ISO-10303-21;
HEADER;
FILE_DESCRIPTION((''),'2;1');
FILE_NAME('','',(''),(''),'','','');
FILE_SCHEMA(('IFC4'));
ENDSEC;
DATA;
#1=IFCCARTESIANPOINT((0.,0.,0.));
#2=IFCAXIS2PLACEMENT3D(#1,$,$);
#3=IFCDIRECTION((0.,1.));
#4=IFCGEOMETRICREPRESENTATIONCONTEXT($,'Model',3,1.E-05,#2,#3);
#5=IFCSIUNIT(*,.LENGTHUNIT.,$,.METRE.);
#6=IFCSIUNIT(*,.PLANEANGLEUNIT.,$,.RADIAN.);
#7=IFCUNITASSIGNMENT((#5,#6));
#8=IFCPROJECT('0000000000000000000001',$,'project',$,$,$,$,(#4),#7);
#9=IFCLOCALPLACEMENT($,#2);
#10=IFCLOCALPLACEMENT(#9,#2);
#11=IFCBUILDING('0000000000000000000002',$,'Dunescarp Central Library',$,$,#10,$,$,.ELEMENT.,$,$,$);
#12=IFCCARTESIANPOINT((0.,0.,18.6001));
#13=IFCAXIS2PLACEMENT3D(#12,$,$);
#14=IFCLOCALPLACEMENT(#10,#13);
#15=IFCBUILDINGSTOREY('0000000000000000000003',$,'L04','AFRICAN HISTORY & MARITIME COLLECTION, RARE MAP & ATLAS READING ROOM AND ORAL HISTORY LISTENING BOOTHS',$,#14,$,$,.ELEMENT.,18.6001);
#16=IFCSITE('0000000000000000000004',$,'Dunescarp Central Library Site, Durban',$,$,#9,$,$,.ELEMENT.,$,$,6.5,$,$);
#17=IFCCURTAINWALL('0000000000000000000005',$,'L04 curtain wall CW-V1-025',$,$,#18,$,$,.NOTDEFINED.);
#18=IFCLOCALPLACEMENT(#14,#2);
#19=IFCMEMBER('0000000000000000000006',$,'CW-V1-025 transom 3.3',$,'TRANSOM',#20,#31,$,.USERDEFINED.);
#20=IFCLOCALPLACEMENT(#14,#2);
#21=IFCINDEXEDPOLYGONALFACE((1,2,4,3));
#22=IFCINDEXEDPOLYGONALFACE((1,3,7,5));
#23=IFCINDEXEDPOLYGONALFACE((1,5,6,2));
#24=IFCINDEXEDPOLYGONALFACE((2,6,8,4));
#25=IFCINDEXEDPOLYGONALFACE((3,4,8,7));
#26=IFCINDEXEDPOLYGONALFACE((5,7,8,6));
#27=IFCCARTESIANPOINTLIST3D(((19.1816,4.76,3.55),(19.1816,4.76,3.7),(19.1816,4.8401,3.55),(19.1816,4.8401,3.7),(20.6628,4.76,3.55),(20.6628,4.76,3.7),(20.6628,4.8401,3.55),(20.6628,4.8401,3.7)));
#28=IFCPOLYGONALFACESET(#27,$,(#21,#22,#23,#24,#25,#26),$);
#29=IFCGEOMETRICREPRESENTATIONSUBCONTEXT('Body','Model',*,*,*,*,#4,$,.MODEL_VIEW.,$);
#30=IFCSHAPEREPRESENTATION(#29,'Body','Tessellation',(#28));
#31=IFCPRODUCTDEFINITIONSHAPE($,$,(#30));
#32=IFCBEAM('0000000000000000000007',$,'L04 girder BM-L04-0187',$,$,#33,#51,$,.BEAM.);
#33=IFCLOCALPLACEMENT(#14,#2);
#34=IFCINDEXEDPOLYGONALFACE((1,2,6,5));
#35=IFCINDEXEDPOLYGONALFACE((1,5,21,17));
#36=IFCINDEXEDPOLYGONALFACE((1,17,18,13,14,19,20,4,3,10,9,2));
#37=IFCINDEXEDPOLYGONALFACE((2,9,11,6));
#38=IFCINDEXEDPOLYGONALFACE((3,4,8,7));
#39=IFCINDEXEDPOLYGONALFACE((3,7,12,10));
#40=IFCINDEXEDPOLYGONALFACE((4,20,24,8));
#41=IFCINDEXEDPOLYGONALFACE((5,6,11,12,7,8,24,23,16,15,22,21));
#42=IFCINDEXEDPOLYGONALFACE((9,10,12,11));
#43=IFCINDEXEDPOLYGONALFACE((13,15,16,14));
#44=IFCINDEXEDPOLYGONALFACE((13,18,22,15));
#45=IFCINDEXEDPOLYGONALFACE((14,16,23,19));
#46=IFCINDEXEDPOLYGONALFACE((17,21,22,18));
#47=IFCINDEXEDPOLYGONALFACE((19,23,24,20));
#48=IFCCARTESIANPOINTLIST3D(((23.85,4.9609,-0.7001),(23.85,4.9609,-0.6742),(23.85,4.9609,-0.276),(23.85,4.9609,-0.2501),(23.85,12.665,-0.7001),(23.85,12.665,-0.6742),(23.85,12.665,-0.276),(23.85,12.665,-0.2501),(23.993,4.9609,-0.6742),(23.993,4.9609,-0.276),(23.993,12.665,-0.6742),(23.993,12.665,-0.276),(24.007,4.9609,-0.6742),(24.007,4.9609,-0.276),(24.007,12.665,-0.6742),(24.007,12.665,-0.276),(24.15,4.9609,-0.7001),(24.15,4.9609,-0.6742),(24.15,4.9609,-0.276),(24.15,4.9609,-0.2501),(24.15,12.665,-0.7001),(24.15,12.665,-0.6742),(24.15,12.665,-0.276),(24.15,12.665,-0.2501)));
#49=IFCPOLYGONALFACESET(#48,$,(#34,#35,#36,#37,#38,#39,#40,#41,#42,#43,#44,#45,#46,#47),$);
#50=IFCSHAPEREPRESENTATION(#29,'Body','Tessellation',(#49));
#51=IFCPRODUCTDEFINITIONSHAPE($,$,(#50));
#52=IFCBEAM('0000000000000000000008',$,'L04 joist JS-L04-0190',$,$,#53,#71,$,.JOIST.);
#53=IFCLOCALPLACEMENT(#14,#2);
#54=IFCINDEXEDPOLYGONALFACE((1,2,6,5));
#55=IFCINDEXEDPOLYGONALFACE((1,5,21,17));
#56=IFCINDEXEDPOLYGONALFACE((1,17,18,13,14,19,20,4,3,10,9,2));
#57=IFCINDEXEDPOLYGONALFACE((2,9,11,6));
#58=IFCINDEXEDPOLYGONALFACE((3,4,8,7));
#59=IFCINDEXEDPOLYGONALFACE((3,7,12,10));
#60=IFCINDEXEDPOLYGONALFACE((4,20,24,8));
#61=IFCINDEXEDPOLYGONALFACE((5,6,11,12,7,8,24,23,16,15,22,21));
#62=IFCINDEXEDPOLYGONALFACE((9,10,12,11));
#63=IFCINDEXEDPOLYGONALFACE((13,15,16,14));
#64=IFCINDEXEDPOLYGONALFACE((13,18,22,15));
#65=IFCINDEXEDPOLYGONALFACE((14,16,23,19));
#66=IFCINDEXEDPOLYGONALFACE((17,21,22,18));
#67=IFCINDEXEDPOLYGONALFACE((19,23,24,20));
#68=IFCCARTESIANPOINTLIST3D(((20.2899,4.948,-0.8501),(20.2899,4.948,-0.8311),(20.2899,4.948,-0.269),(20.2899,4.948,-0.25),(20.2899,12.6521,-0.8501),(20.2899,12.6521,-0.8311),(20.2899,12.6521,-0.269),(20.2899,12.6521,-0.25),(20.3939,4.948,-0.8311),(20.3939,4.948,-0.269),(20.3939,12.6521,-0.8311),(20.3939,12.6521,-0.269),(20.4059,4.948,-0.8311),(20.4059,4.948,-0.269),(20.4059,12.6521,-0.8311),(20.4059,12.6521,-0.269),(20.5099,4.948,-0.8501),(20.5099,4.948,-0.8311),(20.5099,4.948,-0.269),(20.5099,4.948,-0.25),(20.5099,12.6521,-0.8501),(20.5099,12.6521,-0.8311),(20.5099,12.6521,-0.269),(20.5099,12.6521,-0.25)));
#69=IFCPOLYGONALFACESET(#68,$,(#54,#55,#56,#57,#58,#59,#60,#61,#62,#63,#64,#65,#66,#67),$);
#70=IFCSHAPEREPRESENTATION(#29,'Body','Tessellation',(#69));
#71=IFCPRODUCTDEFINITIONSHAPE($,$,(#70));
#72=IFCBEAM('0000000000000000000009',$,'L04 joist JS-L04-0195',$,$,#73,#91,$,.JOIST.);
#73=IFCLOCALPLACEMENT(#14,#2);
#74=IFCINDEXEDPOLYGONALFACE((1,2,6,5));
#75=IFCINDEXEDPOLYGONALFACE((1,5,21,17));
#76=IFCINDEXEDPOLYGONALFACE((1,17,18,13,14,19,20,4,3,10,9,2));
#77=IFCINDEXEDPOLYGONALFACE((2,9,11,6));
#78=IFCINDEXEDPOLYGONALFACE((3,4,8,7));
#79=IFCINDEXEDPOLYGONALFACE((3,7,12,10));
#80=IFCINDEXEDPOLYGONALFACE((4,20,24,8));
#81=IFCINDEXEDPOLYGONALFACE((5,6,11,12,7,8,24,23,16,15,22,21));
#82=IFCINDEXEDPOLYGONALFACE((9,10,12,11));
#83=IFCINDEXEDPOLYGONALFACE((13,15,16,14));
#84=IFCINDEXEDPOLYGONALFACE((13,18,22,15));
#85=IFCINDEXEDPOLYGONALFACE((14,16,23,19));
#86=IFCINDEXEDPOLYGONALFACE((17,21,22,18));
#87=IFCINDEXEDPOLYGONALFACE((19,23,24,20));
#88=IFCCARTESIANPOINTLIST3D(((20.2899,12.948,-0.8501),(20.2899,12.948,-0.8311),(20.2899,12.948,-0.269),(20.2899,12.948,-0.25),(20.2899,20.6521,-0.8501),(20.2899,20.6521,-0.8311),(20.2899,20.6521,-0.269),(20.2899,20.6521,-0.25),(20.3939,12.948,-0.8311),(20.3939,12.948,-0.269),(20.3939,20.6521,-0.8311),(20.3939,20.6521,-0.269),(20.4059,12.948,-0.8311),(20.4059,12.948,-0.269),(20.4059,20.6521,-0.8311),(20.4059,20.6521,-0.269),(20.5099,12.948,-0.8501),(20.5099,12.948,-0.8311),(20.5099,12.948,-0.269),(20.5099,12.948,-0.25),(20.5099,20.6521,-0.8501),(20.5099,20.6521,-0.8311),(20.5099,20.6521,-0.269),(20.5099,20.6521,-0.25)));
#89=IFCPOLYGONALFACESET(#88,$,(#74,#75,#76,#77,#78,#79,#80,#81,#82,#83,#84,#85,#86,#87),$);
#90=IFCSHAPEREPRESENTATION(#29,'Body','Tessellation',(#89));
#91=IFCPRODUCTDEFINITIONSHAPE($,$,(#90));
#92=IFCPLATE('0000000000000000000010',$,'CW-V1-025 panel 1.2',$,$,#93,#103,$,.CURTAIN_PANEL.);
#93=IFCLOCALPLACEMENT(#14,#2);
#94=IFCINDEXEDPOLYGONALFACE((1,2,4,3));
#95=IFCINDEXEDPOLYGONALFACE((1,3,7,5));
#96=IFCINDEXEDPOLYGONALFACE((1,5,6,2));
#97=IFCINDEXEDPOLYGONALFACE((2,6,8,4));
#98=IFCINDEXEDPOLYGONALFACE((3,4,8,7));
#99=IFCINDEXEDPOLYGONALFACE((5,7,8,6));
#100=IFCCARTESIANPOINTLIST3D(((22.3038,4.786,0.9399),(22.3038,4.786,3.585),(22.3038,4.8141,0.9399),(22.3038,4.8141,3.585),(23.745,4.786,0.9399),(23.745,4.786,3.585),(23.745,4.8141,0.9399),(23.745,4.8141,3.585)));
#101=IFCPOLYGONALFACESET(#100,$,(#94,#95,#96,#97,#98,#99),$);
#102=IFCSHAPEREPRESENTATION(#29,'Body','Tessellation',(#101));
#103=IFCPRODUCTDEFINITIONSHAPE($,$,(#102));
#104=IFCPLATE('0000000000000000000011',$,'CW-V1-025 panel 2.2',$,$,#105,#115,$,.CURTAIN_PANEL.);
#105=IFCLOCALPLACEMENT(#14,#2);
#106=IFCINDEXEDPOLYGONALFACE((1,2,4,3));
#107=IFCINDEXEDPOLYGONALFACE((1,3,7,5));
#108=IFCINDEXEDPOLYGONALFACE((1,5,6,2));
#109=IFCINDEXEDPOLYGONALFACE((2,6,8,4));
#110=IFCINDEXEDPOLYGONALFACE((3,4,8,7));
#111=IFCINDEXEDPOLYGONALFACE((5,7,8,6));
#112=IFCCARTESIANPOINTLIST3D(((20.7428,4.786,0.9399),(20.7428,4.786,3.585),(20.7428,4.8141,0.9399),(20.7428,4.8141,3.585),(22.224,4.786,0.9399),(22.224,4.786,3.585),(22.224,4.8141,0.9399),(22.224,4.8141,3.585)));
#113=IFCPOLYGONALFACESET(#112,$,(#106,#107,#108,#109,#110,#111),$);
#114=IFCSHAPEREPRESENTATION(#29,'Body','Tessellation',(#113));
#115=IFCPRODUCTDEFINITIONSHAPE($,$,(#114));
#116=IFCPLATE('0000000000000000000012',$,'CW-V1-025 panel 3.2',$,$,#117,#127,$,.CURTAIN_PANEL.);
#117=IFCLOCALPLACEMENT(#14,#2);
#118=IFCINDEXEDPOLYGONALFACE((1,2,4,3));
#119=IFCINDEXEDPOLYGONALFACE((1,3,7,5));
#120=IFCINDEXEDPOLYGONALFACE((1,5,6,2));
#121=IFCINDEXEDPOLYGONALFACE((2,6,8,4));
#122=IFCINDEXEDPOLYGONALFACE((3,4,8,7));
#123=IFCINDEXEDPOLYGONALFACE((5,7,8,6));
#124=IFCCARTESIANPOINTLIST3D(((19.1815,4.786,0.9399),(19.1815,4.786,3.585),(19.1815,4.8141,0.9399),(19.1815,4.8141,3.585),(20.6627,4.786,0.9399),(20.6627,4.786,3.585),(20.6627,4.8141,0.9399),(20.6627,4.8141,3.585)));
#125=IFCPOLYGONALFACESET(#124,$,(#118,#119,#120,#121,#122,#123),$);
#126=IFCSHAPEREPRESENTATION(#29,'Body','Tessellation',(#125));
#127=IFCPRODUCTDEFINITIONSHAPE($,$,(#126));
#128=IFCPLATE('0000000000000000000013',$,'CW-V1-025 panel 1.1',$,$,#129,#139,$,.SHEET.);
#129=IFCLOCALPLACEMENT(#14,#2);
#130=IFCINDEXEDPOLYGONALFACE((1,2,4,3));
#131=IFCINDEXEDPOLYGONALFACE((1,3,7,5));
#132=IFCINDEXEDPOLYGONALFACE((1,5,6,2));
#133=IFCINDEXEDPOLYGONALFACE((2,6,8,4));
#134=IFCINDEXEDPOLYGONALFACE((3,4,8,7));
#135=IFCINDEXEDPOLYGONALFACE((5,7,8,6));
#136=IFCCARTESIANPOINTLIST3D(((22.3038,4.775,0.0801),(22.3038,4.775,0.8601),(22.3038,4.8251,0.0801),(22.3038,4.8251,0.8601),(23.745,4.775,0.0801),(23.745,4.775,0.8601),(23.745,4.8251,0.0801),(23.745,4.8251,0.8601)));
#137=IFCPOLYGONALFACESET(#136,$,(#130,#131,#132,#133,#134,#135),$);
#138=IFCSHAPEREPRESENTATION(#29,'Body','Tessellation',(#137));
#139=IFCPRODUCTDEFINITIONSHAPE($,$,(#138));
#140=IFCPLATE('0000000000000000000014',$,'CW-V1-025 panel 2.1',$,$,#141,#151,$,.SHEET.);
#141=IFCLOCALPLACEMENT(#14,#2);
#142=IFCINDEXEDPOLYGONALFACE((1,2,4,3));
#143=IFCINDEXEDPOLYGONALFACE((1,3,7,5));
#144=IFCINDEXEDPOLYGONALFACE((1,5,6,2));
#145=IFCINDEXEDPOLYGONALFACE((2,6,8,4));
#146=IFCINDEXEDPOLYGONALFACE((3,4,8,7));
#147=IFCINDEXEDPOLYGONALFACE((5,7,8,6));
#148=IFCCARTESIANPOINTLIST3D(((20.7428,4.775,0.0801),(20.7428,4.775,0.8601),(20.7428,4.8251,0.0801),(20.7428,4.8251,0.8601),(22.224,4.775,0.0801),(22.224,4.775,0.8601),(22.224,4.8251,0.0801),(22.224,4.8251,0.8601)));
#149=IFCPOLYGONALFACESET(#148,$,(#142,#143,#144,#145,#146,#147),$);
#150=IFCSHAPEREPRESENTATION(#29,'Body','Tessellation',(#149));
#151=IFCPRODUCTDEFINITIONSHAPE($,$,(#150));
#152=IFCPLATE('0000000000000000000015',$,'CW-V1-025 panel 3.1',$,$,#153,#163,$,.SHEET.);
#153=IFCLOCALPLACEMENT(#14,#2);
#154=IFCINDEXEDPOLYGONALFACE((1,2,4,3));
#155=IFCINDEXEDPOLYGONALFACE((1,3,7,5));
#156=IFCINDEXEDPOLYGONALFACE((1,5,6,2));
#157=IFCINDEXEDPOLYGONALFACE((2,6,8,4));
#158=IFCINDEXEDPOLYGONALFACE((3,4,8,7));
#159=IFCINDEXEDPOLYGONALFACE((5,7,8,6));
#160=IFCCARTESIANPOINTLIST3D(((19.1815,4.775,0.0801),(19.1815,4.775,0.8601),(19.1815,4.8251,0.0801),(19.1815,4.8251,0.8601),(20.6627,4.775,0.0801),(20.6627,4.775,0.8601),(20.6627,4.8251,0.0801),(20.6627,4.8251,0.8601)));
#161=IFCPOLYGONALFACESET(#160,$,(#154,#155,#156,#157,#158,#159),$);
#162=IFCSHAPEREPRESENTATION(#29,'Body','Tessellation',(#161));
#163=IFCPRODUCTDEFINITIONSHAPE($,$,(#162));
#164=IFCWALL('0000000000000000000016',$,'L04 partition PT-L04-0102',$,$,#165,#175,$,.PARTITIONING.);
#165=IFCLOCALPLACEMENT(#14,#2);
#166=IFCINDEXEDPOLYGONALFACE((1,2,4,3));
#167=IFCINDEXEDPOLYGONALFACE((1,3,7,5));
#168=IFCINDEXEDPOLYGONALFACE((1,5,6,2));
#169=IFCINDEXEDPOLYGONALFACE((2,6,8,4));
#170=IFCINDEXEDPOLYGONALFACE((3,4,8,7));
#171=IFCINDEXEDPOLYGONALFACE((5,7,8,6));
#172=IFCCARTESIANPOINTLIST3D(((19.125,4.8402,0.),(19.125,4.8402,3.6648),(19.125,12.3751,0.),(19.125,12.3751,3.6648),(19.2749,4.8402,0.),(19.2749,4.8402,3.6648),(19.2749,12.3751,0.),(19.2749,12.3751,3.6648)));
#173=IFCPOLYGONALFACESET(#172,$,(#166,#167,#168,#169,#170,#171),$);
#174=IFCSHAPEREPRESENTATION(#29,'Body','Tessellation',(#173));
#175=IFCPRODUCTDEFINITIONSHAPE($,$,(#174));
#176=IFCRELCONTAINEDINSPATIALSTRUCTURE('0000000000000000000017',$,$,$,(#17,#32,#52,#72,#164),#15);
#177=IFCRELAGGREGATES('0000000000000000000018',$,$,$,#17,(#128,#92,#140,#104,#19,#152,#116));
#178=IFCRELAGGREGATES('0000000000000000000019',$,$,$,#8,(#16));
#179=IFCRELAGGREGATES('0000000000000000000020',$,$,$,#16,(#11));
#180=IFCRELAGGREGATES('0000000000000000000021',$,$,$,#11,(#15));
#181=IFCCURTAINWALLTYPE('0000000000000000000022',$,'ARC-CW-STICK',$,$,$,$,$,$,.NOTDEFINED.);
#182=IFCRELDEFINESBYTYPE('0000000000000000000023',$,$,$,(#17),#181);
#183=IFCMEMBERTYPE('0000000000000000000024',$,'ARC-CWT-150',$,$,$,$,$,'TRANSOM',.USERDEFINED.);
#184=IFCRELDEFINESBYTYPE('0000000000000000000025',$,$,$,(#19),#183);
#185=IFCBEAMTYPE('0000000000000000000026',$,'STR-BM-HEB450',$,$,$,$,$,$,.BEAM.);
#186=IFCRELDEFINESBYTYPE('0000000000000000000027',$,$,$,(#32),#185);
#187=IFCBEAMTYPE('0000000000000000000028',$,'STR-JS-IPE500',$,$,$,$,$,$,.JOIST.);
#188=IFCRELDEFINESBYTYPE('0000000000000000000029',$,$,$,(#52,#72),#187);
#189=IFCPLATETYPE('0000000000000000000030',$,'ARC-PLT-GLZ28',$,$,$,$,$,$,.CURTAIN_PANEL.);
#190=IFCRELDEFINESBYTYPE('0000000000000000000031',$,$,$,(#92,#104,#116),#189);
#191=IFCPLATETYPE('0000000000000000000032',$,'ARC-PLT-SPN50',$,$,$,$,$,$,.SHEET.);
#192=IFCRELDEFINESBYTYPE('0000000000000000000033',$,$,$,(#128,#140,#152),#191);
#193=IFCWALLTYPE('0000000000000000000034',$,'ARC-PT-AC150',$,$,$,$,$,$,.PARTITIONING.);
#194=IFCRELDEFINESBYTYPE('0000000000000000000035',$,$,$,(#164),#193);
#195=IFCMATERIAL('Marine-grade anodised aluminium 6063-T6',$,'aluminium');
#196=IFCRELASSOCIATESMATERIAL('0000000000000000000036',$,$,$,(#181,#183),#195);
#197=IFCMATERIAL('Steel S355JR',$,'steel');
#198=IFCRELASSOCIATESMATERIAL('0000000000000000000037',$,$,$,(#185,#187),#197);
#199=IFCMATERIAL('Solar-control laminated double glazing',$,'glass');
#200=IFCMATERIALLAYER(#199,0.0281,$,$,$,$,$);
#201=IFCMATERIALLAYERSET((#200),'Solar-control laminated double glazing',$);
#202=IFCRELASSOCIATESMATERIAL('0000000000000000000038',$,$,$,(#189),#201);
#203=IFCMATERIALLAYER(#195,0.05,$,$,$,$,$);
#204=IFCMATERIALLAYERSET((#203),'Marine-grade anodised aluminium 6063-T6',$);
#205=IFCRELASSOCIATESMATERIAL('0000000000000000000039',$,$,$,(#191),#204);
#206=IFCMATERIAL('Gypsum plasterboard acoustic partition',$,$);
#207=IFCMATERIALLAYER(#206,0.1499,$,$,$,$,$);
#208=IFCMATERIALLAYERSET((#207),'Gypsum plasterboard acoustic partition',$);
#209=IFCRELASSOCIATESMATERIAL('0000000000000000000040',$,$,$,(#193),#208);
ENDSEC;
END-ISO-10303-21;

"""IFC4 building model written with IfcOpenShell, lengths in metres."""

from ifc_helpers import new_model, si_unit, direction, frame, frame_2d, origin, origin_2d, place, context, subcontext, project, spatial, rectangle, i_section, extrude, material, layer, layer_set, material_profile, profile_set, type_object, element, aggregate, save


model = new_model("IFC4")

# Units and contexts
model_context = context("Model", 3, precision=1e-05, world=origin(), true_north=direction((0.0, 1.0)))
body_context = subcontext(model_context, "Body", "Model", "MODEL_VIEW")
ifc_project = project(units=[si_unit("LENGTHUNIT", "METRE"), si_unit("PLANEANGLEUNIT", "RADIAN")], contexts=[model_context])

# Site, building, storey
site_placement = place(None, origin())
site = spatial("IfcSite", under=ifc_project, at=site_placement, Name="Dunescarp Central Library Site, Durban", CompositionType="ELEMENT", RefElevation=6.5)
building_placement = place(site_placement, origin())
building = spatial("IfcBuilding", under=site, at=building_placement, Name="Dunescarp Central Library", CompositionType="ELEMENT")
storey_placement = place(building_placement, frame((0.0, 0.0, 18.6001)))
storey = spatial("IfcBuildingStorey", under=building, at=storey_placement, Name="L04", Description="AFRICAN HISTORY & MARITIME COLLECTION, RARE MAP & ATLAS READING ROOM AND ORAL HISTORY LISTENING BOOTHS", CompositionType="ELEMENT", Elevation=18.6001)

# Shared definitions
ifc_material_1 = material(Name="Steel S355JR", Category="steel")

# Curtain wall, member
ifc_material_2 = material(Name="Marine-grade anodised aluminium 6063-T6", Category="aluminium")
curtain_wall_type = type_object("IfcCurtainWallType", Name="ARC-CW-STICK", PredefinedType="NOTDEFINED", material=ifc_material_2)
curtain_wall_placement = place(storey_placement, origin())
curtain_wall = element("IfcCurtainWall", 1, at=curtain_wall_placement, inside=storey, type_object=curtain_wall_type, Name="L04 curtain wall CW-V1-025", PredefinedType="NOTDEFINED")
ifc_material_profile_1 = material_profile(ifc_material_2, rectangle(XDim=0.0801, YDim=0.1499, at=origin_2d()), Name="AL 80x150")
ifc_profile_set_1 = profile_set([ifc_material_profile_1], Name="Marine-grade anodised aluminium 6063-T6")
member_type_1 = type_object("IfcMemberType", Name="ARC-CWT-150", ElementType="TRANSOM", PredefinedType="USERDEFINED", material=ifc_profile_set_1)
member_1_placement = place(storey_placement, frame((20.6628, 4.8, 3.625), z_axis=(-1.0, 0.0, 0.0), x_axis=(0.0, -1.0, 0.0)))
member_1 = element("IfcMember", 2, at=member_1_placement, type_object=member_type_1, Name="CW-V1-025 transom 3.3", ObjectType="TRANSOM", PredefinedType="USERDEFINED", context=body_context, shape_type="SweptSolid", body=[
    extrude(rectangle(XDim=0.0801, YDim=0.1499, at=origin_2d()), origin(), (0.0, 0.0, 1.0), 1.4812),
])

# Beams
ifc_material_profile_2 = material_profile(ifc_material_1, i_section(OverallWidth=0.3, OverallDepth=0.45, WebThickness=0.0139, FlangeThickness=0.0259, at=origin_2d()), Name="HEB 450")
ifc_profile_set_2 = profile_set([ifc_material_profile_2], Name="Steel S355JR")
beam_type_1 = type_object("IfcBeamType", Name="STR-BM-HEB450", PredefinedType="BEAM", material=ifc_profile_set_2)
beam_placement = place(storey_placement, frame((24.0, 4.9609, -0.4751), z_axis=(0.0, 1.0, 0.0), x_axis=(-1.0, 0.0, 0.0)))
element("IfcBeam", 3, at=beam_placement, inside=storey, type_object=beam_type_1, Name="L04 girder BM-L04-0187", PredefinedType="BEAM", context=body_context, shape_type="SweptSolid", body=[
    extrude(i_section(OverallWidth=0.3, OverallDepth=0.45, WebThickness=0.0139, FlangeThickness=0.0259, at=origin_2d()), origin(), (0.0, 0.0, 1.0), 7.7041),
])
ifc_material_profile_3 = material_profile(ifc_material_1, i_section(OverallWidth=0.22, OverallDepth=0.6001, WebThickness=0.012, FlangeThickness=0.019, at=origin_2d()), Name="IPE 600")
ifc_profile_set_3 = profile_set([ifc_material_profile_3], Name="Steel S355JR")
beam_type_2 = type_object("IfcBeamType", Name="STR-JS-IPE500", PredefinedType="JOIST", material=ifc_profile_set_3)
for number, where, z_axis, x_axis, name in (
    (4, (20.3999, 4.948, -0.55), (0.0, 1.0, 0.0), (-1.0, 0.0, 0.0), "L04 joist JS-L04-0190"),
    (5, (20.3999, 12.948, -0.55), (0.0, 1.0, 0.0), (-1.0, 0.0, 0.0), "L04 joist JS-L04-0195"),
):
    element("IfcBeam", number, at=place(storey_placement, frame(where, z_axis=z_axis, x_axis=x_axis)), inside=storey, type_object=beam_type_2, Name=name, PredefinedType="JOIST", context=body_context, shape_type="SweptSolid", body=[
        extrude(i_section(OverallWidth=0.22, OverallDepth=0.6001, WebThickness=0.012, FlangeThickness=0.019, at=origin_2d()), origin(), (0.0, 0.0, 1.0), 7.7041),
    ])

# Plates
ifc_material_3 = material(Name="Solar-control laminated double glazing", Category="glass")
ifc_layer_1 = layer(ifc_material_3, 0.0281)
ifc_layer_set_1 = layer_set([ifc_layer_1], Name="Solar-control laminated double glazing")
plate_type_1 = type_object("IfcPlateType", Name="ARC-PLT-GLZ28", PredefinedType="CURTAIN_PANEL", material=ifc_layer_set_1)
plate_1_placement = place(storey_placement, frame((23.0244, 4.8, 0.9399), z_axis=(0.0, 0.0, 1.0), x_axis=(-1.0, 0.0, 0.0)))
plate_1 = element("IfcPlate", 6, at=plate_1_placement, type_object=plate_type_1, Name="CW-V1-025 panel 1.2", PredefinedType="CURTAIN_PANEL", context=body_context, shape_type="SweptSolid", body=[
    extrude(rectangle(XDim=1.4412, YDim=0.0281, at=origin_2d()), origin(), (0.0, 0.0, 1.0), 2.645),
])
plate_2_placement = place(storey_placement, frame((21.4834, 4.8, 0.9399), z_axis=(0.0, 0.0, 1.0), x_axis=(-1.0, 0.0, 0.0)))
plate_2 = element("IfcPlate", 7, at=plate_2_placement, type_object=plate_type_1, Name="CW-V1-025 panel 2.2", PredefinedType="CURTAIN_PANEL", context=body_context, shape_type="SweptSolid", body=[
    extrude(rectangle(XDim=1.4812, YDim=0.0281, at=origin_2d()), origin(), (0.0, 0.0, 1.0), 2.645),
])
plate_3_placement = place(storey_placement, frame((19.9221, 4.8, 0.9399), z_axis=(0.0, 0.0, 1.0), x_axis=(-1.0, 0.0, 0.0)))
plate_3 = element("IfcPlate", 8, at=plate_3_placement, type_object=plate_type_1, Name="CW-V1-025 panel 3.2", PredefinedType="CURTAIN_PANEL", context=body_context, shape_type="SweptSolid", body=[
    extrude(rectangle(XDim=1.4812, YDim=0.0281, at=origin_2d()), origin(), (0.0, 0.0, 1.0), 2.645),
])
ifc_layer_2 = layer(ifc_material_2, 0.05)
ifc_layer_set_2 = layer_set([ifc_layer_2], Name="Marine-grade anodised aluminium 6063-T6")
plate_type_2 = type_object("IfcPlateType", Name="ARC-PLT-SPN50", PredefinedType="SHEET", material=ifc_layer_set_2)
plate_4_placement = place(storey_placement, frame((23.0244, 4.8, 0.0801), z_axis=(0.0, 0.0, 1.0), x_axis=(-1.0, 0.0, 0.0)))
plate_4 = element("IfcPlate", 9, at=plate_4_placement, type_object=plate_type_2, Name="CW-V1-025 panel 1.1", PredefinedType="SHEET", context=body_context, shape_type="SweptSolid", body=[
    extrude(rectangle(XDim=1.4412, YDim=0.05, at=origin_2d()), origin(), (0.0, 0.0, 1.0), 0.78),
])
plate_5_placement = place(storey_placement, frame((21.4834, 4.8, 0.0801), z_axis=(0.0, 0.0, 1.0), x_axis=(-1.0, 0.0, 0.0)))
plate_5 = element("IfcPlate", 10, at=plate_5_placement, type_object=plate_type_2, Name="CW-V1-025 panel 2.1", PredefinedType="SHEET", context=body_context, shape_type="SweptSolid", body=[
    extrude(rectangle(XDim=1.4812, YDim=0.05, at=origin_2d()), origin(), (0.0, 0.0, 1.0), 0.78),
])
plate_6_placement = place(storey_placement, frame((19.9221, 4.8, 0.0801), z_axis=(0.0, 0.0, 1.0), x_axis=(-1.0, 0.0, 0.0)))
plate_6 = element("IfcPlate", 11, at=plate_6_placement, type_object=plate_type_2, Name="CW-V1-025 panel 3.1", PredefinedType="SHEET", context=body_context, shape_type="SweptSolid", body=[
    extrude(rectangle(XDim=1.4812, YDim=0.05, at=origin_2d()), origin(), (0.0, 0.0, 1.0), 0.78),
])
aggregate(curtain_wall, [plate_4, plate_1, plate_5, plate_2, member_1, plate_6, plate_3])

# Wall
ifc_material_4 = material(Name="Gypsum plasterboard acoustic partition")
ifc_layer_3 = layer(ifc_material_4, 0.1499)
ifc_layer_set_3 = layer_set([ifc_layer_3], Name="Gypsum plasterboard acoustic partition")
wall_type_1 = type_object("IfcWallType", Name="ARC-PT-AC150", PredefinedType="PARTITIONING", material=ifc_layer_set_3)
wall_1_placement = place(storey_placement, frame((19.2, 4.8401, 0.0), z_axis=(0.0, 0.0, 1.0), x_axis=(0.0, 1.0, 0.0)))
element("IfcWall", 12, at=wall_1_placement, inside=storey, type_object=wall_type_1, Name="L04 partition PT-L04-0102", PredefinedType="PARTITIONING", context=body_context, shape_type="SweptSolid", body=[
    extrude(rectangle(XDim=7.5349, YDim=0.1499, at=frame_2d((3.7676, 0.0))), origin(), (0.0, 0.0, 1.0), 3.6648),
])

save(model, "model.ifc")
